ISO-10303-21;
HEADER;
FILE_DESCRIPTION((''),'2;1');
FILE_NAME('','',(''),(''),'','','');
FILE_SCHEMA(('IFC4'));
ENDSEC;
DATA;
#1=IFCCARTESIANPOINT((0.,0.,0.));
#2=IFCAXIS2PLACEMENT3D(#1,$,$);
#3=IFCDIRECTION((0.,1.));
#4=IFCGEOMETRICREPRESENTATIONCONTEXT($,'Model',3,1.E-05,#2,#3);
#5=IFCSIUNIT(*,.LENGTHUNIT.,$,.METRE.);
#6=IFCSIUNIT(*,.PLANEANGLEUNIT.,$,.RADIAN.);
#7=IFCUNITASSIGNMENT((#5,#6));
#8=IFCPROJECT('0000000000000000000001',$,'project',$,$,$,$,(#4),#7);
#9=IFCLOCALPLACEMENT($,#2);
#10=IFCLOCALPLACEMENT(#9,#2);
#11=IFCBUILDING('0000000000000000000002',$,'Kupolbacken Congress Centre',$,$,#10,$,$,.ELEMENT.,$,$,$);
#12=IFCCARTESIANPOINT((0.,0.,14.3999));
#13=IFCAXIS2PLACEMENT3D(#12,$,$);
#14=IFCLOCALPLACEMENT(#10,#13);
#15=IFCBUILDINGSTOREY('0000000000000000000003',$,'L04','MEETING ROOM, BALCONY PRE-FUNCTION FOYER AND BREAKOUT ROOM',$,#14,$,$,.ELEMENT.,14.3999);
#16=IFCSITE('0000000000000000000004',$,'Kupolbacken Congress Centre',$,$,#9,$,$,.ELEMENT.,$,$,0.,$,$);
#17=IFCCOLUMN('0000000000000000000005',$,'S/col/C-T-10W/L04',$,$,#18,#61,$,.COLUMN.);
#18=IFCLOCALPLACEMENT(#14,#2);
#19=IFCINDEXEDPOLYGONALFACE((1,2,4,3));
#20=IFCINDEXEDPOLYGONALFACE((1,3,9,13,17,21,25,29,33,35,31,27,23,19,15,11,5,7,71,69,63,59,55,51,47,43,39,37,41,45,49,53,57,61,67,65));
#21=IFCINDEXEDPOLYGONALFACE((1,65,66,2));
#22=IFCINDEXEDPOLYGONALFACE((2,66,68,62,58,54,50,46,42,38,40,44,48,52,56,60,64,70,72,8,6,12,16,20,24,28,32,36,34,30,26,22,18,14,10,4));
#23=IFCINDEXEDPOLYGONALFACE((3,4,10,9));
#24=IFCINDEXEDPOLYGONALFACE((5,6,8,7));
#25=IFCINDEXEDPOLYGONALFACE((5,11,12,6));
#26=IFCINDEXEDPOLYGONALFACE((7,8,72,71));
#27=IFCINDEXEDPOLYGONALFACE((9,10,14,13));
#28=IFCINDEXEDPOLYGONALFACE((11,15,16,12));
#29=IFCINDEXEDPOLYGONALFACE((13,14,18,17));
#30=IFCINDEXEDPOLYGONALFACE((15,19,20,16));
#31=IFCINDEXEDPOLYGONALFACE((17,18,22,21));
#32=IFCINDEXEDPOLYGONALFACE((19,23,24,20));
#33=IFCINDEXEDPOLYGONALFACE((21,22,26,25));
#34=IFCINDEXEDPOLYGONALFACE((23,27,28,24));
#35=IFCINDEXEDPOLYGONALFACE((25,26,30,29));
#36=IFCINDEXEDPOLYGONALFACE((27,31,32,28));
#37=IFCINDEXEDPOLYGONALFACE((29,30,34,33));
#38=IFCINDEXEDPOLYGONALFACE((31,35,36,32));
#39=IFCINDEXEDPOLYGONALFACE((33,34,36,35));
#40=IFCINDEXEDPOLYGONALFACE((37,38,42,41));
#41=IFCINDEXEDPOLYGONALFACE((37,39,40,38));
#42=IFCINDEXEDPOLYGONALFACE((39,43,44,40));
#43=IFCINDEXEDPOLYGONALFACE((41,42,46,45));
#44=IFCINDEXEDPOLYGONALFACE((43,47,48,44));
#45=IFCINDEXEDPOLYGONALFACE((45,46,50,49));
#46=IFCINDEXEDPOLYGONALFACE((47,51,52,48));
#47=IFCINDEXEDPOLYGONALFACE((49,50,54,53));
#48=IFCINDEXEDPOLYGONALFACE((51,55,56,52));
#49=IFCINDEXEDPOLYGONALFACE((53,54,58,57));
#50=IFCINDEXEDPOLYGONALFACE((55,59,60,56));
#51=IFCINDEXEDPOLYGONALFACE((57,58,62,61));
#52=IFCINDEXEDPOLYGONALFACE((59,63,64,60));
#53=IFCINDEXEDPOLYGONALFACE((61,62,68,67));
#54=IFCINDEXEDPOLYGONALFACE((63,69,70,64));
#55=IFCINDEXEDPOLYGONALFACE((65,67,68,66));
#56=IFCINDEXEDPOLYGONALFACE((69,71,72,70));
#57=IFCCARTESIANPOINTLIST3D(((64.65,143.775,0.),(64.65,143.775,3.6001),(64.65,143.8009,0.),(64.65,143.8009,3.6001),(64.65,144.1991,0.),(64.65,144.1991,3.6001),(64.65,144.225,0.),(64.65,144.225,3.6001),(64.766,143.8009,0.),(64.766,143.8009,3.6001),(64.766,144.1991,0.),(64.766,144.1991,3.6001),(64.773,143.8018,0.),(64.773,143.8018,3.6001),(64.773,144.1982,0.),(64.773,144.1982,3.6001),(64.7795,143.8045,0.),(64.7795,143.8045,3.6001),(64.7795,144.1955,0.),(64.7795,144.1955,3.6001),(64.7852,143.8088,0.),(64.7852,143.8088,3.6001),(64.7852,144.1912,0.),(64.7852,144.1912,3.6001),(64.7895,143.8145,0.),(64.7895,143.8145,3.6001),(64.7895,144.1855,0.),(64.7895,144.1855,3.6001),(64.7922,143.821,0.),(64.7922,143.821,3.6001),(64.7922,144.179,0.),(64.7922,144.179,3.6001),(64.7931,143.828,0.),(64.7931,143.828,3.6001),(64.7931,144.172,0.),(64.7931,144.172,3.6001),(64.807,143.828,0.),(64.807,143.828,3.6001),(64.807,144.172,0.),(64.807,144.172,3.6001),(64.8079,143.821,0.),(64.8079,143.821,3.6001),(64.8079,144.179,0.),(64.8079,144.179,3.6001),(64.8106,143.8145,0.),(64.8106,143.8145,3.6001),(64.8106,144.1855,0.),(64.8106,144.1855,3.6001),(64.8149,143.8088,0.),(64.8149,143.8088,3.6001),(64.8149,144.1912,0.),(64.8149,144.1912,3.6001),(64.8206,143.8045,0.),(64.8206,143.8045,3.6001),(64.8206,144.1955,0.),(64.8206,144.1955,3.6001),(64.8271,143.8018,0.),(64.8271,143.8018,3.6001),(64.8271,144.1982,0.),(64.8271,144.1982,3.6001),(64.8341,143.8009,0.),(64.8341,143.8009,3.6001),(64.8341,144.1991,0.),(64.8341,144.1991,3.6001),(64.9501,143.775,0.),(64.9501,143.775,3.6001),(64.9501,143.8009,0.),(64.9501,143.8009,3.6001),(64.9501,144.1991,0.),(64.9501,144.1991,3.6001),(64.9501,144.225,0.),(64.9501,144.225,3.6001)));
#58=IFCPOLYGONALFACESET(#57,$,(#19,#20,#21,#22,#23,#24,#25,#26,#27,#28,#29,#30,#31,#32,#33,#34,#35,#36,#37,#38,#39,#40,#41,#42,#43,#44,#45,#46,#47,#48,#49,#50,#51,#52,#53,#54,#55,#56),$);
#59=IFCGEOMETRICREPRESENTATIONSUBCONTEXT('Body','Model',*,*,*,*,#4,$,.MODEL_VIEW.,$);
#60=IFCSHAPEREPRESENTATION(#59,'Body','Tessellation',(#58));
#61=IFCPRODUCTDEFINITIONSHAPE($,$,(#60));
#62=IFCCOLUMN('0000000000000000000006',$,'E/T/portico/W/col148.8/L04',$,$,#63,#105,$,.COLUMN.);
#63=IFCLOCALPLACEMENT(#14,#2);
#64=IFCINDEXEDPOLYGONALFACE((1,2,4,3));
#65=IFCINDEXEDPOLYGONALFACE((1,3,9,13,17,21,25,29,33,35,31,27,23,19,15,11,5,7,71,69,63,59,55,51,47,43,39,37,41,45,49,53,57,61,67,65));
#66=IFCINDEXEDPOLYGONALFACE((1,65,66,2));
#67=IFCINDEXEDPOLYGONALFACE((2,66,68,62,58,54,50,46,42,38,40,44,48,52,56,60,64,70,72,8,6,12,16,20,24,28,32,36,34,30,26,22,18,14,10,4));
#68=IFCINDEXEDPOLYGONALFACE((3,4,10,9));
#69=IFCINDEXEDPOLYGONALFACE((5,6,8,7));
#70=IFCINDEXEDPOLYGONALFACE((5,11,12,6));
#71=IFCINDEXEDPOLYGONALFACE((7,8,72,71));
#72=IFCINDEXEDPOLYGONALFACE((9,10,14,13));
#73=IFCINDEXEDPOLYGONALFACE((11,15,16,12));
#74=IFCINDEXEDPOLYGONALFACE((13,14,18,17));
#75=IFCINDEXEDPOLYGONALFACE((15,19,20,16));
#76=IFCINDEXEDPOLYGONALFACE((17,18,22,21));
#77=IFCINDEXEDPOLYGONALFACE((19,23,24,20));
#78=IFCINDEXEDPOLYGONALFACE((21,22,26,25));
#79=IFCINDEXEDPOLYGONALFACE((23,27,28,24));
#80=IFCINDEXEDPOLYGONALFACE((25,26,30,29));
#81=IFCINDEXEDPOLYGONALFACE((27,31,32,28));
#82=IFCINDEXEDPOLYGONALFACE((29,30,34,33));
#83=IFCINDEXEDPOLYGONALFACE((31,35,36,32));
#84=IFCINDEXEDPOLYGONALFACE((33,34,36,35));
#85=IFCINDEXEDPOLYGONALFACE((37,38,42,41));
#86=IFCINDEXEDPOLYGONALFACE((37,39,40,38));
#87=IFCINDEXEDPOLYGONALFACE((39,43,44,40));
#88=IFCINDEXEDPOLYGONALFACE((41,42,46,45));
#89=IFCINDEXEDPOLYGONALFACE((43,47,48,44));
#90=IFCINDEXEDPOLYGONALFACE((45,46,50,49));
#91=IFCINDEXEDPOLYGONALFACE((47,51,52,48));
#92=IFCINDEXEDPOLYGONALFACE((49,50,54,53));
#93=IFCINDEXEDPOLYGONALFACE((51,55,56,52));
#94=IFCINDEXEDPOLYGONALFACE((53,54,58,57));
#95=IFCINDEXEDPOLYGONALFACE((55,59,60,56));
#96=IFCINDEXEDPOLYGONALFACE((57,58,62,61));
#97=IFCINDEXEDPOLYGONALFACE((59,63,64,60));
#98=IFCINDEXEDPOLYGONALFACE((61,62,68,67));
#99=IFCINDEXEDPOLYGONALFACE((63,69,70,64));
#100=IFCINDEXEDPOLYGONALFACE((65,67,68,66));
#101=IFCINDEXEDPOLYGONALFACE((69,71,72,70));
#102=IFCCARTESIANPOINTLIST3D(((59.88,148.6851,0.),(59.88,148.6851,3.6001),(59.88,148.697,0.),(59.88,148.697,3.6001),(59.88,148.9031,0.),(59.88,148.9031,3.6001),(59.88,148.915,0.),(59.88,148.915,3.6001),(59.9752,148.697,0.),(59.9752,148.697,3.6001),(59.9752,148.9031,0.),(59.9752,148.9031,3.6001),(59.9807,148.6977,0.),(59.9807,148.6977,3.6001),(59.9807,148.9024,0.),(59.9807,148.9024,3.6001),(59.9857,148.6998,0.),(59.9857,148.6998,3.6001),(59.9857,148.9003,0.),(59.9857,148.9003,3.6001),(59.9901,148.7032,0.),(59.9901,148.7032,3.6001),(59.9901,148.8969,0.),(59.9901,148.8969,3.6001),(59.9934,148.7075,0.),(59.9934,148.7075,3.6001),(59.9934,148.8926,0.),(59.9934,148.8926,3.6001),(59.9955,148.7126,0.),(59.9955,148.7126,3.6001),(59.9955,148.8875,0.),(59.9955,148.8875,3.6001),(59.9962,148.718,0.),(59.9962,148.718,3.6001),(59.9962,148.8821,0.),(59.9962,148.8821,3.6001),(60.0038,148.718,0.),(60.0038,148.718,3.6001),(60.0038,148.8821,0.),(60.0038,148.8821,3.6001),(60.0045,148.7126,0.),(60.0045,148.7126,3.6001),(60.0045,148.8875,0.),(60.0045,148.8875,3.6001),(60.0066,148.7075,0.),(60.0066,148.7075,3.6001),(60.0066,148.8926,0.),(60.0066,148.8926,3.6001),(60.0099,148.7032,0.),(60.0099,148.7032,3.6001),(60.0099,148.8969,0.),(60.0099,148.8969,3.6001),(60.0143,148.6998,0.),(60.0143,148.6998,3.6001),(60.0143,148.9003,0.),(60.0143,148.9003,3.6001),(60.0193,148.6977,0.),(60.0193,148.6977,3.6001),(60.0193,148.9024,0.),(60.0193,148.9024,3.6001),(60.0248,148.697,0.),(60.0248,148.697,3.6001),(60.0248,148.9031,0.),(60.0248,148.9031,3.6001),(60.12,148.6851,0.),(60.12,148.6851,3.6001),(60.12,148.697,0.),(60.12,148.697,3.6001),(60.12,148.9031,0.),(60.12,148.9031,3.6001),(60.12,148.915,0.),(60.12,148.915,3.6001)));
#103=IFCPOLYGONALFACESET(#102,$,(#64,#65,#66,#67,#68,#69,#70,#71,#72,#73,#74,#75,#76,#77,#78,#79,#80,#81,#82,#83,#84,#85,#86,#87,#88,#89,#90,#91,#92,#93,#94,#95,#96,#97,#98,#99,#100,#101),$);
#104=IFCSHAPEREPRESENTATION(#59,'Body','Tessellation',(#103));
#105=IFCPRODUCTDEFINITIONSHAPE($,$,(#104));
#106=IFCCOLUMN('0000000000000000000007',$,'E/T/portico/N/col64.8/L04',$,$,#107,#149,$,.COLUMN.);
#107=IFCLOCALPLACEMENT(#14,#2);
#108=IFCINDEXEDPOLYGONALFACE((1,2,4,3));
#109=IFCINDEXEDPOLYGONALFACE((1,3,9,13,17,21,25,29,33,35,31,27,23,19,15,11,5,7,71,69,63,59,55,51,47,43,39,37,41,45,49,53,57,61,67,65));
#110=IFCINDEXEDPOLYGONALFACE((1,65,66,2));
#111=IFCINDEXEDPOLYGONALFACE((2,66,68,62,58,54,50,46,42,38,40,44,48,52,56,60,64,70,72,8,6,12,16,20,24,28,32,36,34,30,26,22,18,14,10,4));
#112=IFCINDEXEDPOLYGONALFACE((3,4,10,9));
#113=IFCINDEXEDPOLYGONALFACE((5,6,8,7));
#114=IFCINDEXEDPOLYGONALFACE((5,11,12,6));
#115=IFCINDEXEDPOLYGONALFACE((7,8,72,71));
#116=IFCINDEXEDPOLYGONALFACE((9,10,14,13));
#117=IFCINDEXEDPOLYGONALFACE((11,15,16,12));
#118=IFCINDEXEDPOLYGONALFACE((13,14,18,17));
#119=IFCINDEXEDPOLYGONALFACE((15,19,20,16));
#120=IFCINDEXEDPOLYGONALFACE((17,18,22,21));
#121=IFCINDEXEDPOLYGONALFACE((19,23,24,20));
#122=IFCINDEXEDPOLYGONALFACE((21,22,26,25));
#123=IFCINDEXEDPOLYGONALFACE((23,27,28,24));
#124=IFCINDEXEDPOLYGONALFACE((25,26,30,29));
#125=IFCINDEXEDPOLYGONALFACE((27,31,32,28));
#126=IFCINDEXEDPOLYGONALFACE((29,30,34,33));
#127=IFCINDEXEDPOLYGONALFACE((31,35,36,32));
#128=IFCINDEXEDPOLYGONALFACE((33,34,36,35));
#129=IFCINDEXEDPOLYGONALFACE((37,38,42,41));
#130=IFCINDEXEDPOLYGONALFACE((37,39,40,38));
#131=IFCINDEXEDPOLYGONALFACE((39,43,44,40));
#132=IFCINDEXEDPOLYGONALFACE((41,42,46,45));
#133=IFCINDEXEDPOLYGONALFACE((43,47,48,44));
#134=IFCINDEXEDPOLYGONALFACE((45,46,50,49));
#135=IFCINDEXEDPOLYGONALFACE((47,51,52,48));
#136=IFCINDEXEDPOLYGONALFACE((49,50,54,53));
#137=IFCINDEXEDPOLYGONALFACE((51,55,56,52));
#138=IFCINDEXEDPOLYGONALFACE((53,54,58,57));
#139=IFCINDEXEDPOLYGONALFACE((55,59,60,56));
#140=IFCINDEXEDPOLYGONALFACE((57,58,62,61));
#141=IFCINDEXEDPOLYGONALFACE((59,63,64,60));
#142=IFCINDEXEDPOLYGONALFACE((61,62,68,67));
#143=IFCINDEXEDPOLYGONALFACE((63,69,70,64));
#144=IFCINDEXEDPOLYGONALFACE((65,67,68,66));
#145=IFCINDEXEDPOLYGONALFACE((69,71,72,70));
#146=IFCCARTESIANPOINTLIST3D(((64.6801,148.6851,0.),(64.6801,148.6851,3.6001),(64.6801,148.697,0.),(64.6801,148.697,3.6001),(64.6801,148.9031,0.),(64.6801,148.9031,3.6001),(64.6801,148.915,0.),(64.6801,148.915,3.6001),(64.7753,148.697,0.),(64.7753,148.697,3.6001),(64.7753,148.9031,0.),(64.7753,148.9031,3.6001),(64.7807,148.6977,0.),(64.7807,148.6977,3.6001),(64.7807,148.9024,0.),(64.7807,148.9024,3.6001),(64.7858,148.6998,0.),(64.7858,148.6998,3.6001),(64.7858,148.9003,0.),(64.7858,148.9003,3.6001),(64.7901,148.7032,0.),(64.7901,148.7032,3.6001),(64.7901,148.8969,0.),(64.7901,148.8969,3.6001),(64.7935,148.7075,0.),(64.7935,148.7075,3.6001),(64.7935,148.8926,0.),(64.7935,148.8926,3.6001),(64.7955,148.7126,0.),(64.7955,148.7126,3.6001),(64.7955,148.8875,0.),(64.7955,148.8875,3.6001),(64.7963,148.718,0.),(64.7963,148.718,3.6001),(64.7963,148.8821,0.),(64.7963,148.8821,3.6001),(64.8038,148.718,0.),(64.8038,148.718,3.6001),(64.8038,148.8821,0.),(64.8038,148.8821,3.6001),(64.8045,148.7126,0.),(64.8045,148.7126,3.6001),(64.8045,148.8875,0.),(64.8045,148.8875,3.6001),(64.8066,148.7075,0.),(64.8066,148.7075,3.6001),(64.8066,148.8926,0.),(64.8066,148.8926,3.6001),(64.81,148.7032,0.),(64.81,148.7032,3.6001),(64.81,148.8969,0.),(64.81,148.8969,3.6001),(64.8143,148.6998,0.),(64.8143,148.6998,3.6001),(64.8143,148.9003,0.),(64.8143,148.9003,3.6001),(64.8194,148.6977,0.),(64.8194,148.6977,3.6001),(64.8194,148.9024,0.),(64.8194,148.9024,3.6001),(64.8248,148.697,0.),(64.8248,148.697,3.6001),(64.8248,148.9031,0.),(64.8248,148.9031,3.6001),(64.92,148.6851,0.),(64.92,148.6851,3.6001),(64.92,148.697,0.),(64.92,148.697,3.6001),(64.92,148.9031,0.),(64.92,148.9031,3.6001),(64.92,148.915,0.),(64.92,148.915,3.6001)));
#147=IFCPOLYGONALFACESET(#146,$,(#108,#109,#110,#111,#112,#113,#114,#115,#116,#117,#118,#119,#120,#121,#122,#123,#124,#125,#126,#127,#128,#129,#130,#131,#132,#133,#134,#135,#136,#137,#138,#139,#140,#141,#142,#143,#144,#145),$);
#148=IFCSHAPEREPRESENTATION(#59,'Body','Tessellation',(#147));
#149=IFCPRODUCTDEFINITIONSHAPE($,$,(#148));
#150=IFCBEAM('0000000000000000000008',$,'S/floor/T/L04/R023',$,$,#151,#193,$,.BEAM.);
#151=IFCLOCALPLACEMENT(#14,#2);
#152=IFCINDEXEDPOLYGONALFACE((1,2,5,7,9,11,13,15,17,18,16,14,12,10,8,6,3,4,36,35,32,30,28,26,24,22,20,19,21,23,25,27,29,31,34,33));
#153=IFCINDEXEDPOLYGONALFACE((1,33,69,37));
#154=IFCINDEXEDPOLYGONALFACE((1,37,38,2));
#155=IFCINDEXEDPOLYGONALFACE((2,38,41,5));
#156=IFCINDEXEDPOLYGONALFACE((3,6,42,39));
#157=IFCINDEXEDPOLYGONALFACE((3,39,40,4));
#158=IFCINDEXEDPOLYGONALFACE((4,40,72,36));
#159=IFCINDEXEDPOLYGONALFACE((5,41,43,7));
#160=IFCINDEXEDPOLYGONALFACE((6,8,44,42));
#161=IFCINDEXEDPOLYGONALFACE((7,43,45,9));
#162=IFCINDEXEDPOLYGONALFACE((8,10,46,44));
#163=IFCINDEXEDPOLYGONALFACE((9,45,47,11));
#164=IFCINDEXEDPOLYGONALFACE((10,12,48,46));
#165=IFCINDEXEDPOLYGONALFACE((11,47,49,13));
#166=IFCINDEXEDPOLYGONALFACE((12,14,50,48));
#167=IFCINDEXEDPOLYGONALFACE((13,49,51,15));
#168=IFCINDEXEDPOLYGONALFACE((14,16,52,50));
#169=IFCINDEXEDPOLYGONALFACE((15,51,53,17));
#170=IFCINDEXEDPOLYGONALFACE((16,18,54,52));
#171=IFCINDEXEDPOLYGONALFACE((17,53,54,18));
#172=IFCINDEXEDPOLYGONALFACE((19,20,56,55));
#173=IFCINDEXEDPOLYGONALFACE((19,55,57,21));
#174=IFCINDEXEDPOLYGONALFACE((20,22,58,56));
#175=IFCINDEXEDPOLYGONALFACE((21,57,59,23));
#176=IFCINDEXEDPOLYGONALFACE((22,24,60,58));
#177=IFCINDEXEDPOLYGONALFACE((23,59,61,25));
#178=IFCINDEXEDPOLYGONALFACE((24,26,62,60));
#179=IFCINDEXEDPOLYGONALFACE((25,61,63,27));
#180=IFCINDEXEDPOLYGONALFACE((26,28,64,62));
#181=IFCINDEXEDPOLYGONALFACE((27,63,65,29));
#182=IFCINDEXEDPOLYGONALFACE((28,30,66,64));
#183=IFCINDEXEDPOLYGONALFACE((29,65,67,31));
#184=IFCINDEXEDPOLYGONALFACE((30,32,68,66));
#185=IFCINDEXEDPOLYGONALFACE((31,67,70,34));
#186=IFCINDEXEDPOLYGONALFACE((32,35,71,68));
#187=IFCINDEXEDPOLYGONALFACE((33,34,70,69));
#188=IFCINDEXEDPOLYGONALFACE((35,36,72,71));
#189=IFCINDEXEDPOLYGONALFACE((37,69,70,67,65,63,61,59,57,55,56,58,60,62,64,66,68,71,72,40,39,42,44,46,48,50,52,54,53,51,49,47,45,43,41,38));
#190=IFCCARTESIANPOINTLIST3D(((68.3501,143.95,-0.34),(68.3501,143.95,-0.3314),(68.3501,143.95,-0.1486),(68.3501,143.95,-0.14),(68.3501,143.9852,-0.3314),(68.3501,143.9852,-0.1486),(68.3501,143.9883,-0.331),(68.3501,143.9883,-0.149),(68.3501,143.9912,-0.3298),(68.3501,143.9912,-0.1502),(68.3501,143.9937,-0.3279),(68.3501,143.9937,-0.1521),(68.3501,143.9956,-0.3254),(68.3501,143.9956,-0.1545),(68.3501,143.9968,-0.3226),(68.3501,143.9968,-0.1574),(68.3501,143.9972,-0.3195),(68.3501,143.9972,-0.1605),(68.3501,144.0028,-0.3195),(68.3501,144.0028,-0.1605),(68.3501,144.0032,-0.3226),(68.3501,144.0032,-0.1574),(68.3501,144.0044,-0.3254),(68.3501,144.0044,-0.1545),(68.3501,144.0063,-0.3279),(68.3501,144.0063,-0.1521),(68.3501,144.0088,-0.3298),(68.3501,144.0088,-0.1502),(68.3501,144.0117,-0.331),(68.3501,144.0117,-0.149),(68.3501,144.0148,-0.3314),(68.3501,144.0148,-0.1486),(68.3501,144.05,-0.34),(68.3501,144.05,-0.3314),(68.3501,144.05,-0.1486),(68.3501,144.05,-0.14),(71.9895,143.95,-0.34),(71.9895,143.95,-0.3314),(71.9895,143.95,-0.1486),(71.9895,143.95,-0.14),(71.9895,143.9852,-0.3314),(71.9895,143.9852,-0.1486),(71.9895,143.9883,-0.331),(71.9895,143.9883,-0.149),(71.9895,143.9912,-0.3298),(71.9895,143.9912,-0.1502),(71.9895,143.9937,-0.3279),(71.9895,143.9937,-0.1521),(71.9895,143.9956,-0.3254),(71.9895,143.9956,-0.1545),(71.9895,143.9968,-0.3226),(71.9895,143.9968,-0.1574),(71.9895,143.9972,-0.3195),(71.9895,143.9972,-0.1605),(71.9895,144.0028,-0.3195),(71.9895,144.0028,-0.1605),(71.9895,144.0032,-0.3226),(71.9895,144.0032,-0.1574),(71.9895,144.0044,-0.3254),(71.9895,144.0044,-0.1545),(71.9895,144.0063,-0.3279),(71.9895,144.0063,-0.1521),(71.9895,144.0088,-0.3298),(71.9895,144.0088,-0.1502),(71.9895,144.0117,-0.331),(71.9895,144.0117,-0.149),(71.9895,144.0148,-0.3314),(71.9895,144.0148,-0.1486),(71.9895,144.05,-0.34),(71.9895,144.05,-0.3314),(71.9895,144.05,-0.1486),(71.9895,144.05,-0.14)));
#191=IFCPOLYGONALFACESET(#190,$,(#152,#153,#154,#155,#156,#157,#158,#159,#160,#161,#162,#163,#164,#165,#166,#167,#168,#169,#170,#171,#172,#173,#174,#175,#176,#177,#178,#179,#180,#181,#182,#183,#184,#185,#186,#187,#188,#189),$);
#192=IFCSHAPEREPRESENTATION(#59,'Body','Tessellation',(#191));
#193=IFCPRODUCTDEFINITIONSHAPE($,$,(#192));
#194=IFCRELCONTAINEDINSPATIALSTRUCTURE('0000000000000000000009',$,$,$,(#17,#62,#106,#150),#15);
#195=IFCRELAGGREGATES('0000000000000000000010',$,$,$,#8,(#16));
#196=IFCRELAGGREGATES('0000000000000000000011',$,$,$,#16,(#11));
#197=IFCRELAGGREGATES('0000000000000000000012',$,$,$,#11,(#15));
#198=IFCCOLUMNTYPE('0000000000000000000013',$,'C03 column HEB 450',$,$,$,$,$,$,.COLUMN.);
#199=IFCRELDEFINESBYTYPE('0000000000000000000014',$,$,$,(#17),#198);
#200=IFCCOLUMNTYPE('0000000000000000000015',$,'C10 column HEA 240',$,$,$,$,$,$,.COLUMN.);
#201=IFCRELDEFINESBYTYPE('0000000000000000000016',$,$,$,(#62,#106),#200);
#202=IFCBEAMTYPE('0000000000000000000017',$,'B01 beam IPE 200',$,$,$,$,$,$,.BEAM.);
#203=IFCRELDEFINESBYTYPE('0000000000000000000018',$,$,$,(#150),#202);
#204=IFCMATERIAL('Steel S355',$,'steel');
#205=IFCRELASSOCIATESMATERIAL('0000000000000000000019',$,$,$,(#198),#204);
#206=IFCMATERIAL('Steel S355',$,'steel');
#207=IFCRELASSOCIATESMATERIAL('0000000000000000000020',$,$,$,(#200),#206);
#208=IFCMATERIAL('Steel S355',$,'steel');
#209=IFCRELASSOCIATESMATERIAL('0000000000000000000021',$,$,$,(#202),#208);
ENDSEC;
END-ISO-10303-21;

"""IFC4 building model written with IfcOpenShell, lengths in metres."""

from ifc_helpers import new_model, si_unit, direction, frame, origin, origin_2d, place, context, subcontext, project, spatial, i_section, extrude, material, material_profile, profile_set, type_object, element, save


model = new_model("IFC4")

# Units and contexts
model_context = context("Model", 3, precision=1e-05, world=origin(), true_north=direction((0.0, 1.0)))
body_context = subcontext(model_context, "Body", "Model", "MODEL_VIEW")
ifc_project = project(units=[si_unit("LENGTHUNIT", "METRE"), si_unit("PLANEANGLEUNIT", "RADIAN")], contexts=[model_context])

# Site, building, storey
site_placement = place(None, origin())
site = spatial("IfcSite", under=ifc_project, at=site_placement, Name="Kupolbacken Congress Centre", CompositionType="ELEMENT", RefElevation=0.0)
building_placement = place(site_placement, origin())
building = spatial("IfcBuilding", under=site, at=building_placement, Name="Kupolbacken Congress Centre", CompositionType="ELEMENT")
storey_placement = place(building_placement, frame((0.0, 0.0, 14.3999)))
storey = spatial("IfcBuildingStorey", under=building, at=storey_placement, Name="L04", Description="MEETING ROOM, BALCONY PRE-FUNCTION FOYER AND BREAKOUT ROOM", CompositionType="ELEMENT", Elevation=14.3999)

# Columns
ifc_material_1 = material(Name="Steel S355", Category="steel")
ifc_material_profile_1 = material_profile(ifc_material_1, i_section(OverallWidth=0.3, OverallDepth=0.45, WebThickness=0.0139, FlangeThickness=0.0259, FilletRadius=0.0271, at=origin_2d()), Name="HEB 450")
ifc_profile_set_1 = profile_set([ifc_material_profile_1], Name="Steel S355")
column_type_1 = type_object("IfcColumnType", Name="C03 column HEB 450", PredefinedType="COLUMN", material=ifc_profile_set_1)
column_placement = place(storey_placement, frame((64.8, 144.0, 0.0), z_axis=(0.0, 0.0, 1.0), x_axis=(1.0, 0.0, 0.0)))
element("IfcColumn", 1, at=column_placement, inside=storey, type_object=column_type_1, Name="S/col/C-T-10W/L04", PredefinedType="COLUMN", context=body_context, shape_type="SweptSolid", body=[
    extrude(i_section(OverallWidth=0.3, OverallDepth=0.45, WebThickness=0.0139, FlangeThickness=0.0259, FilletRadius=0.0271, at=origin_2d()), origin(), (0.0, 0.0, 1.0), 3.6001),
])
ifc_material_2 = material(Name="Steel S355", Category="steel")
ifc_material_profile_2 = material_profile(ifc_material_2, i_section(OverallWidth=0.24, OverallDepth=0.23, WebThickness=0.0076, FlangeThickness=0.012, FilletRadius=0.021, at=origin_2d()), Name="HEA 240")
ifc_profile_set_2 = profile_set([ifc_material_profile_2], Name="Steel S355")
column_type_2 = type_object("IfcColumnType", Name="C10 column HEA 240", PredefinedType="COLUMN", material=ifc_profile_set_2)
for number, where, z_axis, x_axis, name in (
    (2, (60.0, 148.8, 0.0), (0.0, 0.0, 1.0), (1.0, 0.0, 0.0), "E/T/portico/W/col148.8/L04"),
    (3, (64.8, 148.8, 0.0), (0.0, 0.0, 1.0), (1.0, 0.0, 0.0), "E/T/portico/N/col64.8/L04"),
):
    element("IfcColumn", number, at=place(storey_placement, frame(where, z_axis=z_axis, x_axis=x_axis)), inside=storey, type_object=column_type_2, Name=name, PredefinedType="COLUMN", context=body_context, shape_type="SweptSolid", body=[
        extrude(i_section(OverallWidth=0.24, OverallDepth=0.23, WebThickness=0.0076, FlangeThickness=0.012, FilletRadius=0.021, at=origin_2d()), origin(), (0.0, 0.0, 1.0), 3.6001),
    ])

# Beam
ifc_material_3 = material(Name="Steel S355", Category="steel")
ifc_material_profile_3 = material_profile(ifc_material_3, i_section(OverallWidth=0.1001, OverallDepth=0.2, WebThickness=0.0056, FlangeThickness=0.0085, FilletRadius=0.012, at=origin_2d()), Name="IPE 200")
ifc_profile_set_3 = profile_set([ifc_material_profile_3], Name="Steel S355")
beam_type_1 = type_object("IfcBeamType", Name="B01 beam IPE 200", PredefinedType="BEAM", material=ifc_profile_set_3)
beam_1_placement = place(storey_placement, frame((68.3501, 144.0, -0.24), z_axis=(1.0, 0.0, 0.0), x_axis=(0.0, 1.0, 0.0)))
element("IfcBeam", 4, at=beam_1_placement, inside=storey, type_object=beam_type_1, Name="S/floor/T/L04/R023", PredefinedType="BEAM", context=body_context, shape_type="SweptSolid", body=[
    extrude(i_section(OverallWidth=0.1001, OverallDepth=0.2, WebThickness=0.0056, FlangeThickness=0.0085, FilletRadius=0.012, at=origin_2d()), origin(), (0.0, 0.0, 1.0), 3.6394),
])

save(model, "model.ifc")
